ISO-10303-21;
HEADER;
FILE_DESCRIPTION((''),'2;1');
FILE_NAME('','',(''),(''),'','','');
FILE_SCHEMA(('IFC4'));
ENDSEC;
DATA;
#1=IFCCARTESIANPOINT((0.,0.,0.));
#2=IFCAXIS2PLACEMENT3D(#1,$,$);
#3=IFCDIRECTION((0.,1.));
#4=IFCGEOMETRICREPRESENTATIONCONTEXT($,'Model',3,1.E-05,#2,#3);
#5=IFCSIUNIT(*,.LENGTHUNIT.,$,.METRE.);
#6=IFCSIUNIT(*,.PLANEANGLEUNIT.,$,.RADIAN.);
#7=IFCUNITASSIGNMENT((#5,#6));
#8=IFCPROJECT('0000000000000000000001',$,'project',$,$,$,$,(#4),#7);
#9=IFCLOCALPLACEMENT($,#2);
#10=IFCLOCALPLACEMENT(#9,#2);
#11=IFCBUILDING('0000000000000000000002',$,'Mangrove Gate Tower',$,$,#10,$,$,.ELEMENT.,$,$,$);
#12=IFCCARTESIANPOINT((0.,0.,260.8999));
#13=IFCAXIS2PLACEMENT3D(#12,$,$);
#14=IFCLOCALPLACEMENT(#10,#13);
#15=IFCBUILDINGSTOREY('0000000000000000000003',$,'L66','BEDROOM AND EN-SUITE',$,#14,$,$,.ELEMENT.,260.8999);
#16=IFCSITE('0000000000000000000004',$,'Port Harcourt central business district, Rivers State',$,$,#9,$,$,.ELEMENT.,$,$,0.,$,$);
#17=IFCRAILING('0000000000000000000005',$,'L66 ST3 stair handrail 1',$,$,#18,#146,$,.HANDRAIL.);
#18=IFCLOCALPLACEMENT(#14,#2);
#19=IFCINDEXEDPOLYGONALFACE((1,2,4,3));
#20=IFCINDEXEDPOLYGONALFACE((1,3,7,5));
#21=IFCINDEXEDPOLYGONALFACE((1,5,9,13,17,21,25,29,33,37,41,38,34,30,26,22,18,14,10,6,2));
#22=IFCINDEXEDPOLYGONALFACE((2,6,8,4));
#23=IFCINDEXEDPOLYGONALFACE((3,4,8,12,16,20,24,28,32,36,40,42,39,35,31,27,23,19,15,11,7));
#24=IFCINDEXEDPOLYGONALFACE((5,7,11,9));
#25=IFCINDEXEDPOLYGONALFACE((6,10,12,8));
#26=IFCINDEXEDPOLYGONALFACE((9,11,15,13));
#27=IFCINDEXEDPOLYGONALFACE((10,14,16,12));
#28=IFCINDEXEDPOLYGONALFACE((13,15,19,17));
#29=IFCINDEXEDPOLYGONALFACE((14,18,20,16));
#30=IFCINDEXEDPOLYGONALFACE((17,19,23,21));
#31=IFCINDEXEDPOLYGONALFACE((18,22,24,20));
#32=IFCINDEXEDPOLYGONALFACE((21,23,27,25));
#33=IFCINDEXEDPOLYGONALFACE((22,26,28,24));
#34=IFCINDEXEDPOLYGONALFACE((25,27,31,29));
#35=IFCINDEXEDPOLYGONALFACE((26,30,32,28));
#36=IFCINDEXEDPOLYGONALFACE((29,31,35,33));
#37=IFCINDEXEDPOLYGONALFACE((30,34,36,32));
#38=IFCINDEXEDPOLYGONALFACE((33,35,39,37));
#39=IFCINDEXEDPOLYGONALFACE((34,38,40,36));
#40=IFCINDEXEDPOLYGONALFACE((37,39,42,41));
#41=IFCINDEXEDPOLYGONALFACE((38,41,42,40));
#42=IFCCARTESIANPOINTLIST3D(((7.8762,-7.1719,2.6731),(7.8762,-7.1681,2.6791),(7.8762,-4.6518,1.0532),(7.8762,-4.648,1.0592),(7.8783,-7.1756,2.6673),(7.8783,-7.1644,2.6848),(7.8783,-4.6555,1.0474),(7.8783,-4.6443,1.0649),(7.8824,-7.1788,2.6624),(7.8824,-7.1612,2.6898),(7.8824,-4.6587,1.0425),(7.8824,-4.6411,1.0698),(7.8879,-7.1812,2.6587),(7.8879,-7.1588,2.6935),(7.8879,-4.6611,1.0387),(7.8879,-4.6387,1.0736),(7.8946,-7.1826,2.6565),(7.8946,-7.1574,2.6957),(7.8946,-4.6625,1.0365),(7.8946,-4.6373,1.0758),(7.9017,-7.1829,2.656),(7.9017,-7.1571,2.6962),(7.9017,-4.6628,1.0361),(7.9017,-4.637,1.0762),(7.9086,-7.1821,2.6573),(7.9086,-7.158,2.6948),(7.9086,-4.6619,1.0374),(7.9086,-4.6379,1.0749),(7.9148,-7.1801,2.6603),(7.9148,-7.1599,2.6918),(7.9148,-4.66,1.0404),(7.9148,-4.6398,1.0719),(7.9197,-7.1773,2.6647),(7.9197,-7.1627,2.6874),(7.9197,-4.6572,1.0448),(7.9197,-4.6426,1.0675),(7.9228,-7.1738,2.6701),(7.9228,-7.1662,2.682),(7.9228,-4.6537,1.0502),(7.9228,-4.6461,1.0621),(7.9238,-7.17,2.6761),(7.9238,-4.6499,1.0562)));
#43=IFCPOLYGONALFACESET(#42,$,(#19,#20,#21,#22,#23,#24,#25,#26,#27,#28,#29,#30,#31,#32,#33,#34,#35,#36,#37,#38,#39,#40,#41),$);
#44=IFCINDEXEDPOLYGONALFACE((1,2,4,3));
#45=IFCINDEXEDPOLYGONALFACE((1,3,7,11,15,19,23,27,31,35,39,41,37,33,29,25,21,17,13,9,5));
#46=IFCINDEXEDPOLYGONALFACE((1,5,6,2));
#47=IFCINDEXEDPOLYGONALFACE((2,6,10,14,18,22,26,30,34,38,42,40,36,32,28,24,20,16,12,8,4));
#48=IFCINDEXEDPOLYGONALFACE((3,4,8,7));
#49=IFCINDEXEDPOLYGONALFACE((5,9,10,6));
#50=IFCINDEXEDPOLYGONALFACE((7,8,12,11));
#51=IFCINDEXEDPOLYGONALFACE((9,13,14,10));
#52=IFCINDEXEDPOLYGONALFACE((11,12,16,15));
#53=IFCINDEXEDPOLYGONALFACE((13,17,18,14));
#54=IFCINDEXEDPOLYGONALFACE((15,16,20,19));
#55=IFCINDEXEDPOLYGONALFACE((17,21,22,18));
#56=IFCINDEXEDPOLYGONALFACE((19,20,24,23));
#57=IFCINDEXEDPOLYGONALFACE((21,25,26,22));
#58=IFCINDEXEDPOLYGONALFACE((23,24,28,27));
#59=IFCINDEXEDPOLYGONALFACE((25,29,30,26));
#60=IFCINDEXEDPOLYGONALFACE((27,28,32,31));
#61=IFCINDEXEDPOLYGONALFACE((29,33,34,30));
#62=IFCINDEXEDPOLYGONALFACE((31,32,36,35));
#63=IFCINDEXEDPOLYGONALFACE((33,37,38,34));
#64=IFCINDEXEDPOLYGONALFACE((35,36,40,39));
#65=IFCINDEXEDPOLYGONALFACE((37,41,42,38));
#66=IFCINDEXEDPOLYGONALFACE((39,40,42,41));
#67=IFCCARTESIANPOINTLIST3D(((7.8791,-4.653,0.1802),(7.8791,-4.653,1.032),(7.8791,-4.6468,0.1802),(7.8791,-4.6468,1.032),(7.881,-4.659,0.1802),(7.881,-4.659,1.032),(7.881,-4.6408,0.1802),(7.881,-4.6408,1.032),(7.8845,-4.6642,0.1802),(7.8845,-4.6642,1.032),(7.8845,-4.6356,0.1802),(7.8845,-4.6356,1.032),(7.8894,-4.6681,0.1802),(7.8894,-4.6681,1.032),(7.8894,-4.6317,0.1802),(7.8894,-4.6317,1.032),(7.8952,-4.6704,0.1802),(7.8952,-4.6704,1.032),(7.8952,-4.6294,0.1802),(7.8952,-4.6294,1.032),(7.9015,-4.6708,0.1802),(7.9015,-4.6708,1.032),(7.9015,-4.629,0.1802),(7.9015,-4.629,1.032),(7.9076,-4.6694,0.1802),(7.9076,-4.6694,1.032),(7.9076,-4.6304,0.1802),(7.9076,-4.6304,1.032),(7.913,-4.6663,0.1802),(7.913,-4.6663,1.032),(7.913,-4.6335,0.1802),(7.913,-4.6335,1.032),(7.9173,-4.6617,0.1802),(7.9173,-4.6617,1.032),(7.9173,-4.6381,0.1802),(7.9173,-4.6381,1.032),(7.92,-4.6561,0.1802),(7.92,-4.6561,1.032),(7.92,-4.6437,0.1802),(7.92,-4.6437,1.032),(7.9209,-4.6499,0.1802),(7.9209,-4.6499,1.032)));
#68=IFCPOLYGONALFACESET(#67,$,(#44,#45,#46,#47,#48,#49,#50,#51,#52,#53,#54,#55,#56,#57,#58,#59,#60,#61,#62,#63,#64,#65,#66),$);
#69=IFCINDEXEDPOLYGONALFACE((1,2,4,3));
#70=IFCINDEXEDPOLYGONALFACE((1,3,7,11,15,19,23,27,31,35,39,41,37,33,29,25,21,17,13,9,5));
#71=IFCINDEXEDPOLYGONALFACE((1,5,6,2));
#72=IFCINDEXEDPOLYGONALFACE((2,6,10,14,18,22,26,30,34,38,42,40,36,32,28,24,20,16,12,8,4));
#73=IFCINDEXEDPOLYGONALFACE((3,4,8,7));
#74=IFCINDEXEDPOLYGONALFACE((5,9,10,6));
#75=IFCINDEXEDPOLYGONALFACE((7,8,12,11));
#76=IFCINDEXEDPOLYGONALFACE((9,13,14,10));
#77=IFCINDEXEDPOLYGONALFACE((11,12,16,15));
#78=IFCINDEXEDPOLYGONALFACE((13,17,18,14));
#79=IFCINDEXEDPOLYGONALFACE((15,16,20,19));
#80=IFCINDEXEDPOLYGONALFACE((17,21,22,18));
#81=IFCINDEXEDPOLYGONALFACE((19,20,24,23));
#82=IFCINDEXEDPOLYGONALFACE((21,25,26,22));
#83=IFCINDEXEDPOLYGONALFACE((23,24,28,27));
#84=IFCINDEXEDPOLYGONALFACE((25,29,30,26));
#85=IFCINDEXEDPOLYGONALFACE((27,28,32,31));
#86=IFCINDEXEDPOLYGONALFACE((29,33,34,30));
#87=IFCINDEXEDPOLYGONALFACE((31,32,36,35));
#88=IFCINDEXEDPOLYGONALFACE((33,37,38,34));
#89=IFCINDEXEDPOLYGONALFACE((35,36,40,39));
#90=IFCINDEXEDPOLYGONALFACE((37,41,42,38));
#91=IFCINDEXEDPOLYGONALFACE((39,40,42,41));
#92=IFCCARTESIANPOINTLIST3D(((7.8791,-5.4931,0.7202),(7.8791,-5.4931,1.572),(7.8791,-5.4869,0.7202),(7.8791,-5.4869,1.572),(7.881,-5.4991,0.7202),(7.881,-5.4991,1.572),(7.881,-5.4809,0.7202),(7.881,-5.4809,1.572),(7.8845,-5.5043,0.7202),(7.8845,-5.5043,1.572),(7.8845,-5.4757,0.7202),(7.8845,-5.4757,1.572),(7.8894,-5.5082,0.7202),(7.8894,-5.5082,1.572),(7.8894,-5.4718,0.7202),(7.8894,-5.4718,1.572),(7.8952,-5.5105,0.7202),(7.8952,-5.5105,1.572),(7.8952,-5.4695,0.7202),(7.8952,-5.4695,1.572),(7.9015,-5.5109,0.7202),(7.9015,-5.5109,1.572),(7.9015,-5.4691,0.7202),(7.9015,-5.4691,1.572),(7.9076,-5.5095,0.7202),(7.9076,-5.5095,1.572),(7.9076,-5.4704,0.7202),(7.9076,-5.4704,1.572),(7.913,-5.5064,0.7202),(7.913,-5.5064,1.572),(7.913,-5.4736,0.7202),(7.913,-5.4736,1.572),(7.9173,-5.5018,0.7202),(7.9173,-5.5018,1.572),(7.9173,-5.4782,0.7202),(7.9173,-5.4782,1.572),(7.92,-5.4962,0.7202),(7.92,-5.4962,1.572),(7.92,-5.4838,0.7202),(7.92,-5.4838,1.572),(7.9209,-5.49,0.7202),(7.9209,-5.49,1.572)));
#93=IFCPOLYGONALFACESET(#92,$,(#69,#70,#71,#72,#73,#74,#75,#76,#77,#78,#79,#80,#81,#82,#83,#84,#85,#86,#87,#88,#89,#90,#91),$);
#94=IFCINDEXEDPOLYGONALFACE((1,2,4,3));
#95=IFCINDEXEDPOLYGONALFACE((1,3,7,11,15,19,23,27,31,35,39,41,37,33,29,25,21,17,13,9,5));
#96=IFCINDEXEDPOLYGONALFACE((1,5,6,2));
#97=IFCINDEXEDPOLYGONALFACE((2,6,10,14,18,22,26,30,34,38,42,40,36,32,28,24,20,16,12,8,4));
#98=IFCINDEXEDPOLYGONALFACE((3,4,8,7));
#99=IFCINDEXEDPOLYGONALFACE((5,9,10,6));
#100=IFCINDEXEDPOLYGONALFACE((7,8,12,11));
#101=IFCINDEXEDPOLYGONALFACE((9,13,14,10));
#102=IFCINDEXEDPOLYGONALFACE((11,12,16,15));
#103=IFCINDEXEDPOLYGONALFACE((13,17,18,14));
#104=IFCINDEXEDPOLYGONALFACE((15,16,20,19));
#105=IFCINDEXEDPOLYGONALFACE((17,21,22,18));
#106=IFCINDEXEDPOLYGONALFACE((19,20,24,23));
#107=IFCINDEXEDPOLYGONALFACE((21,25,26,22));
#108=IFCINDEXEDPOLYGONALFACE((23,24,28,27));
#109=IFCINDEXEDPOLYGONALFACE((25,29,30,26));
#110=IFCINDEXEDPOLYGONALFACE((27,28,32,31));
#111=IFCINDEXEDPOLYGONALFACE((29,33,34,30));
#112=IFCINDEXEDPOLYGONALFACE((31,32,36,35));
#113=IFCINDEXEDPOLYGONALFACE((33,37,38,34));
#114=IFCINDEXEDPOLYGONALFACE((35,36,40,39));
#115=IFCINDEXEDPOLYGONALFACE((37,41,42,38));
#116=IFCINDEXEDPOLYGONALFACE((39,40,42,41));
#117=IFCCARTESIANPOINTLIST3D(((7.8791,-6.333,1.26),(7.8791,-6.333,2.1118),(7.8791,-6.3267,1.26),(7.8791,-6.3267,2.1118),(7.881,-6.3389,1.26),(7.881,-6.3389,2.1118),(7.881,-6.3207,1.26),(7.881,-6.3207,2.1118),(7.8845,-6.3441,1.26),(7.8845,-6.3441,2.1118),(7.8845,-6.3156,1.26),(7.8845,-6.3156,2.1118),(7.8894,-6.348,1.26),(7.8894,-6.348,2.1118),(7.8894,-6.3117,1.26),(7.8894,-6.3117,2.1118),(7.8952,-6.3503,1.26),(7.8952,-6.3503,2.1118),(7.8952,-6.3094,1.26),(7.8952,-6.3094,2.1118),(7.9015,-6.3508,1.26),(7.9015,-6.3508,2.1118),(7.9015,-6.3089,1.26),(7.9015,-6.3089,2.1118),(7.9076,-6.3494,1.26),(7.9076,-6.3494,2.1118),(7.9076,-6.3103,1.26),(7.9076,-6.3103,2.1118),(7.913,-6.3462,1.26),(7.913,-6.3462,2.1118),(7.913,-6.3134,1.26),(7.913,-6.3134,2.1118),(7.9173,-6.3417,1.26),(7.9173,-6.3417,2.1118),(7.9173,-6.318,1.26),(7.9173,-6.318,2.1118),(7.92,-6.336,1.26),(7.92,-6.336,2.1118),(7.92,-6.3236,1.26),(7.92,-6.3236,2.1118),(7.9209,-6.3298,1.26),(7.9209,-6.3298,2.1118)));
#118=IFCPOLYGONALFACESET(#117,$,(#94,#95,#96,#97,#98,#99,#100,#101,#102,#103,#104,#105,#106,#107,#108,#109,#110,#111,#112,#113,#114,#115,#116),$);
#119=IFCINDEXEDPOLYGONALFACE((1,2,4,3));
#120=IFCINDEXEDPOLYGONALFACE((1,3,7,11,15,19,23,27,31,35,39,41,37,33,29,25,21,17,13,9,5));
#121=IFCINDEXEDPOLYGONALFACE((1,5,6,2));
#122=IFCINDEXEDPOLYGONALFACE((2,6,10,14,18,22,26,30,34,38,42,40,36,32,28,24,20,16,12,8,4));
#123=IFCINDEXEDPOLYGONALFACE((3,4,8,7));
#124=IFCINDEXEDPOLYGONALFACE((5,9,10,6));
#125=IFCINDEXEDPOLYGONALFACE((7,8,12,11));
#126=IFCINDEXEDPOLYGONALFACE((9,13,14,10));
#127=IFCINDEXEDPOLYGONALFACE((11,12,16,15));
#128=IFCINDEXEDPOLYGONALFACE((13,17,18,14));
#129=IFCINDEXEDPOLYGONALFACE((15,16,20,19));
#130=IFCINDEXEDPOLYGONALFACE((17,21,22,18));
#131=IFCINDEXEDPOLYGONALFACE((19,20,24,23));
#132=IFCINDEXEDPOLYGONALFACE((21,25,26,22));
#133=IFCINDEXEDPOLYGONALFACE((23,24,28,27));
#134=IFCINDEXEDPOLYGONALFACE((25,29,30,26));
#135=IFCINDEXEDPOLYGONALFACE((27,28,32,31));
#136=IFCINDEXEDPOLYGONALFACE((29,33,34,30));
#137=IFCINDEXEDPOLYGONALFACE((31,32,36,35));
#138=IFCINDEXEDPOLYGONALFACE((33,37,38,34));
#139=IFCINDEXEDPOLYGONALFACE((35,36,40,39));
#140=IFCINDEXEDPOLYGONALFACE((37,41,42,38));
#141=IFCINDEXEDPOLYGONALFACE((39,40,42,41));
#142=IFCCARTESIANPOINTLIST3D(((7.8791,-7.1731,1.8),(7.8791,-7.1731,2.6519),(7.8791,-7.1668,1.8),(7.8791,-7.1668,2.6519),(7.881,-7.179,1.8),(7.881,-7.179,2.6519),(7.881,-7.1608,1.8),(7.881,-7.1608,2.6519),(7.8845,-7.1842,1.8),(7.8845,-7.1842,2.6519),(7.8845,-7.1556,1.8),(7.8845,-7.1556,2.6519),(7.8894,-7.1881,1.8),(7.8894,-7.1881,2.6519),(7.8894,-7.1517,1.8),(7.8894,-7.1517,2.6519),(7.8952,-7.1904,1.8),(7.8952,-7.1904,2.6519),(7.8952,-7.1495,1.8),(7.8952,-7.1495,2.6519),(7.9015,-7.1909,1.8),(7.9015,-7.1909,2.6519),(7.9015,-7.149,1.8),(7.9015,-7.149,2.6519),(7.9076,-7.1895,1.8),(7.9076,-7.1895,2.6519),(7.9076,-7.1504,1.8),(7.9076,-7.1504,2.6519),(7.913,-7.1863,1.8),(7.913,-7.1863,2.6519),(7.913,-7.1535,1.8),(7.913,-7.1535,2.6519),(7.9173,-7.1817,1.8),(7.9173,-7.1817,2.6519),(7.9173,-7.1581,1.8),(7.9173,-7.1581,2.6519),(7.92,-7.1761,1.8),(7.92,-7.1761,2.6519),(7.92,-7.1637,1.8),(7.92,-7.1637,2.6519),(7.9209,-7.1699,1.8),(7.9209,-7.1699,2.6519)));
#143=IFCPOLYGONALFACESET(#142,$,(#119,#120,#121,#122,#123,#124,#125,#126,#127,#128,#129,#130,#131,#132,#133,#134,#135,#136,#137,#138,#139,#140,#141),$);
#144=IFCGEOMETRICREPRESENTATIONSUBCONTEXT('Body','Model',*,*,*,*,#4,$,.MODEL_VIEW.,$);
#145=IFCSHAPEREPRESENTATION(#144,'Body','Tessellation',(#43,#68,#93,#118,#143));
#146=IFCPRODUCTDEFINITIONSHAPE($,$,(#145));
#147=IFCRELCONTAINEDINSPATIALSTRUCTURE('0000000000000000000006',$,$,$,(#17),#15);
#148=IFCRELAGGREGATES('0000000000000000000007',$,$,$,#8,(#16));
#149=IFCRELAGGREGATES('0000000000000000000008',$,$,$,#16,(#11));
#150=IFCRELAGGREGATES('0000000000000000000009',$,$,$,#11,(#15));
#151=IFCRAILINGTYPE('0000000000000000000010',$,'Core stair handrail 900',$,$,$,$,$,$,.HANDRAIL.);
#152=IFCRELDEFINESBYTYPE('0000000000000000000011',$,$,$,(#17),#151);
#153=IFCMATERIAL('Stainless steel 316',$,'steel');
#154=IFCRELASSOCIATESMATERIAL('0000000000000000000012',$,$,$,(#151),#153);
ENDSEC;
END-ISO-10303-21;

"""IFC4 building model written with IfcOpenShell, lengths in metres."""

from ifc_helpers import new_model, si_unit, direction, frame, origin, origin_2d, place, context, subcontext, project, spatial, circle, extrude, material, type_object, element, save


model = new_model("IFC4")

# Units and contexts
model_context = context("Model", 3, precision=1e-05, world=origin(), true_north=direction((0.0, 1.0)))
body_context = subcontext(model_context, "Body", "Model", "MODEL_VIEW")
ifc_project = project(units=[si_unit("LENGTHUNIT", "METRE"), si_unit("PLANEANGLEUNIT", "RADIAN")], contexts=[model_context])

# Site, building, storey
site_placement = place(None, origin())
site = spatial("IfcSite", under=ifc_project, at=site_placement, Name="Port Harcourt central business district, Rivers State", CompositionType="ELEMENT", RefElevation=0.0)
building_placement = place(site_placement, origin())
building = spatial("IfcBuilding", under=site, at=building_placement, Name="Mangrove Gate Tower", CompositionType="ELEMENT")
storey_placement = place(building_placement, frame((0.0, 0.0, 260.8999)))
storey = spatial("IfcBuildingStorey", under=building, at=storey_placement, Name="L66", Description="BEDROOM AND EN-SUITE", CompositionType="ELEMENT", Elevation=260.8999)

# Railing
ifc_material_1 = material(Name="Stainless steel 316", Category="steel")
railing_type_1 = type_object("IfcRailingType", Name="Core stair handrail 900", PredefinedType="HANDRAIL", material=ifc_material_1)
railing_1_placement = place(storey_placement, frame((7.8999, -4.6499, 0.1802)))
element("IfcRailing", 1, at=railing_1_placement, inside=storey, type_object=railing_type_1, Name="L66 ST3 stair handrail 1", PredefinedType="HANDRAIL", context=body_context, shape_type="SweptSolid", body=[
    extrude(circle(Radius=0.0239, at=origin_2d()), frame((0.0, 0.0, 0.876), z_axis=(0.0, -0.8412, 0.540725), x_axis=(1.0, 0.0, 0.0)), (0.0, 0.0, 1.0), 2.9958),
    extrude(circle(Radius=0.021, at=origin_2d()), origin(), (0.0, 0.0, 1.0), 0.8518),
    extrude(circle(Radius=0.021, at=origin_2d()), frame((0.0, -0.8401, 0.54)), (0.0, 0.0, 1.0), 0.8518),
    extrude(circle(Radius=0.021, at=origin_2d()), frame((0.0, -1.6799, 1.0798)), (0.0, 0.0, 1.0), 0.8518),
    extrude(circle(Radius=0.021, at=origin_2d()), frame((0.0, -2.52, 1.6199)), (0.0, 0.0, 1.0), 0.8518),
])

save(model, "model.ifc")
